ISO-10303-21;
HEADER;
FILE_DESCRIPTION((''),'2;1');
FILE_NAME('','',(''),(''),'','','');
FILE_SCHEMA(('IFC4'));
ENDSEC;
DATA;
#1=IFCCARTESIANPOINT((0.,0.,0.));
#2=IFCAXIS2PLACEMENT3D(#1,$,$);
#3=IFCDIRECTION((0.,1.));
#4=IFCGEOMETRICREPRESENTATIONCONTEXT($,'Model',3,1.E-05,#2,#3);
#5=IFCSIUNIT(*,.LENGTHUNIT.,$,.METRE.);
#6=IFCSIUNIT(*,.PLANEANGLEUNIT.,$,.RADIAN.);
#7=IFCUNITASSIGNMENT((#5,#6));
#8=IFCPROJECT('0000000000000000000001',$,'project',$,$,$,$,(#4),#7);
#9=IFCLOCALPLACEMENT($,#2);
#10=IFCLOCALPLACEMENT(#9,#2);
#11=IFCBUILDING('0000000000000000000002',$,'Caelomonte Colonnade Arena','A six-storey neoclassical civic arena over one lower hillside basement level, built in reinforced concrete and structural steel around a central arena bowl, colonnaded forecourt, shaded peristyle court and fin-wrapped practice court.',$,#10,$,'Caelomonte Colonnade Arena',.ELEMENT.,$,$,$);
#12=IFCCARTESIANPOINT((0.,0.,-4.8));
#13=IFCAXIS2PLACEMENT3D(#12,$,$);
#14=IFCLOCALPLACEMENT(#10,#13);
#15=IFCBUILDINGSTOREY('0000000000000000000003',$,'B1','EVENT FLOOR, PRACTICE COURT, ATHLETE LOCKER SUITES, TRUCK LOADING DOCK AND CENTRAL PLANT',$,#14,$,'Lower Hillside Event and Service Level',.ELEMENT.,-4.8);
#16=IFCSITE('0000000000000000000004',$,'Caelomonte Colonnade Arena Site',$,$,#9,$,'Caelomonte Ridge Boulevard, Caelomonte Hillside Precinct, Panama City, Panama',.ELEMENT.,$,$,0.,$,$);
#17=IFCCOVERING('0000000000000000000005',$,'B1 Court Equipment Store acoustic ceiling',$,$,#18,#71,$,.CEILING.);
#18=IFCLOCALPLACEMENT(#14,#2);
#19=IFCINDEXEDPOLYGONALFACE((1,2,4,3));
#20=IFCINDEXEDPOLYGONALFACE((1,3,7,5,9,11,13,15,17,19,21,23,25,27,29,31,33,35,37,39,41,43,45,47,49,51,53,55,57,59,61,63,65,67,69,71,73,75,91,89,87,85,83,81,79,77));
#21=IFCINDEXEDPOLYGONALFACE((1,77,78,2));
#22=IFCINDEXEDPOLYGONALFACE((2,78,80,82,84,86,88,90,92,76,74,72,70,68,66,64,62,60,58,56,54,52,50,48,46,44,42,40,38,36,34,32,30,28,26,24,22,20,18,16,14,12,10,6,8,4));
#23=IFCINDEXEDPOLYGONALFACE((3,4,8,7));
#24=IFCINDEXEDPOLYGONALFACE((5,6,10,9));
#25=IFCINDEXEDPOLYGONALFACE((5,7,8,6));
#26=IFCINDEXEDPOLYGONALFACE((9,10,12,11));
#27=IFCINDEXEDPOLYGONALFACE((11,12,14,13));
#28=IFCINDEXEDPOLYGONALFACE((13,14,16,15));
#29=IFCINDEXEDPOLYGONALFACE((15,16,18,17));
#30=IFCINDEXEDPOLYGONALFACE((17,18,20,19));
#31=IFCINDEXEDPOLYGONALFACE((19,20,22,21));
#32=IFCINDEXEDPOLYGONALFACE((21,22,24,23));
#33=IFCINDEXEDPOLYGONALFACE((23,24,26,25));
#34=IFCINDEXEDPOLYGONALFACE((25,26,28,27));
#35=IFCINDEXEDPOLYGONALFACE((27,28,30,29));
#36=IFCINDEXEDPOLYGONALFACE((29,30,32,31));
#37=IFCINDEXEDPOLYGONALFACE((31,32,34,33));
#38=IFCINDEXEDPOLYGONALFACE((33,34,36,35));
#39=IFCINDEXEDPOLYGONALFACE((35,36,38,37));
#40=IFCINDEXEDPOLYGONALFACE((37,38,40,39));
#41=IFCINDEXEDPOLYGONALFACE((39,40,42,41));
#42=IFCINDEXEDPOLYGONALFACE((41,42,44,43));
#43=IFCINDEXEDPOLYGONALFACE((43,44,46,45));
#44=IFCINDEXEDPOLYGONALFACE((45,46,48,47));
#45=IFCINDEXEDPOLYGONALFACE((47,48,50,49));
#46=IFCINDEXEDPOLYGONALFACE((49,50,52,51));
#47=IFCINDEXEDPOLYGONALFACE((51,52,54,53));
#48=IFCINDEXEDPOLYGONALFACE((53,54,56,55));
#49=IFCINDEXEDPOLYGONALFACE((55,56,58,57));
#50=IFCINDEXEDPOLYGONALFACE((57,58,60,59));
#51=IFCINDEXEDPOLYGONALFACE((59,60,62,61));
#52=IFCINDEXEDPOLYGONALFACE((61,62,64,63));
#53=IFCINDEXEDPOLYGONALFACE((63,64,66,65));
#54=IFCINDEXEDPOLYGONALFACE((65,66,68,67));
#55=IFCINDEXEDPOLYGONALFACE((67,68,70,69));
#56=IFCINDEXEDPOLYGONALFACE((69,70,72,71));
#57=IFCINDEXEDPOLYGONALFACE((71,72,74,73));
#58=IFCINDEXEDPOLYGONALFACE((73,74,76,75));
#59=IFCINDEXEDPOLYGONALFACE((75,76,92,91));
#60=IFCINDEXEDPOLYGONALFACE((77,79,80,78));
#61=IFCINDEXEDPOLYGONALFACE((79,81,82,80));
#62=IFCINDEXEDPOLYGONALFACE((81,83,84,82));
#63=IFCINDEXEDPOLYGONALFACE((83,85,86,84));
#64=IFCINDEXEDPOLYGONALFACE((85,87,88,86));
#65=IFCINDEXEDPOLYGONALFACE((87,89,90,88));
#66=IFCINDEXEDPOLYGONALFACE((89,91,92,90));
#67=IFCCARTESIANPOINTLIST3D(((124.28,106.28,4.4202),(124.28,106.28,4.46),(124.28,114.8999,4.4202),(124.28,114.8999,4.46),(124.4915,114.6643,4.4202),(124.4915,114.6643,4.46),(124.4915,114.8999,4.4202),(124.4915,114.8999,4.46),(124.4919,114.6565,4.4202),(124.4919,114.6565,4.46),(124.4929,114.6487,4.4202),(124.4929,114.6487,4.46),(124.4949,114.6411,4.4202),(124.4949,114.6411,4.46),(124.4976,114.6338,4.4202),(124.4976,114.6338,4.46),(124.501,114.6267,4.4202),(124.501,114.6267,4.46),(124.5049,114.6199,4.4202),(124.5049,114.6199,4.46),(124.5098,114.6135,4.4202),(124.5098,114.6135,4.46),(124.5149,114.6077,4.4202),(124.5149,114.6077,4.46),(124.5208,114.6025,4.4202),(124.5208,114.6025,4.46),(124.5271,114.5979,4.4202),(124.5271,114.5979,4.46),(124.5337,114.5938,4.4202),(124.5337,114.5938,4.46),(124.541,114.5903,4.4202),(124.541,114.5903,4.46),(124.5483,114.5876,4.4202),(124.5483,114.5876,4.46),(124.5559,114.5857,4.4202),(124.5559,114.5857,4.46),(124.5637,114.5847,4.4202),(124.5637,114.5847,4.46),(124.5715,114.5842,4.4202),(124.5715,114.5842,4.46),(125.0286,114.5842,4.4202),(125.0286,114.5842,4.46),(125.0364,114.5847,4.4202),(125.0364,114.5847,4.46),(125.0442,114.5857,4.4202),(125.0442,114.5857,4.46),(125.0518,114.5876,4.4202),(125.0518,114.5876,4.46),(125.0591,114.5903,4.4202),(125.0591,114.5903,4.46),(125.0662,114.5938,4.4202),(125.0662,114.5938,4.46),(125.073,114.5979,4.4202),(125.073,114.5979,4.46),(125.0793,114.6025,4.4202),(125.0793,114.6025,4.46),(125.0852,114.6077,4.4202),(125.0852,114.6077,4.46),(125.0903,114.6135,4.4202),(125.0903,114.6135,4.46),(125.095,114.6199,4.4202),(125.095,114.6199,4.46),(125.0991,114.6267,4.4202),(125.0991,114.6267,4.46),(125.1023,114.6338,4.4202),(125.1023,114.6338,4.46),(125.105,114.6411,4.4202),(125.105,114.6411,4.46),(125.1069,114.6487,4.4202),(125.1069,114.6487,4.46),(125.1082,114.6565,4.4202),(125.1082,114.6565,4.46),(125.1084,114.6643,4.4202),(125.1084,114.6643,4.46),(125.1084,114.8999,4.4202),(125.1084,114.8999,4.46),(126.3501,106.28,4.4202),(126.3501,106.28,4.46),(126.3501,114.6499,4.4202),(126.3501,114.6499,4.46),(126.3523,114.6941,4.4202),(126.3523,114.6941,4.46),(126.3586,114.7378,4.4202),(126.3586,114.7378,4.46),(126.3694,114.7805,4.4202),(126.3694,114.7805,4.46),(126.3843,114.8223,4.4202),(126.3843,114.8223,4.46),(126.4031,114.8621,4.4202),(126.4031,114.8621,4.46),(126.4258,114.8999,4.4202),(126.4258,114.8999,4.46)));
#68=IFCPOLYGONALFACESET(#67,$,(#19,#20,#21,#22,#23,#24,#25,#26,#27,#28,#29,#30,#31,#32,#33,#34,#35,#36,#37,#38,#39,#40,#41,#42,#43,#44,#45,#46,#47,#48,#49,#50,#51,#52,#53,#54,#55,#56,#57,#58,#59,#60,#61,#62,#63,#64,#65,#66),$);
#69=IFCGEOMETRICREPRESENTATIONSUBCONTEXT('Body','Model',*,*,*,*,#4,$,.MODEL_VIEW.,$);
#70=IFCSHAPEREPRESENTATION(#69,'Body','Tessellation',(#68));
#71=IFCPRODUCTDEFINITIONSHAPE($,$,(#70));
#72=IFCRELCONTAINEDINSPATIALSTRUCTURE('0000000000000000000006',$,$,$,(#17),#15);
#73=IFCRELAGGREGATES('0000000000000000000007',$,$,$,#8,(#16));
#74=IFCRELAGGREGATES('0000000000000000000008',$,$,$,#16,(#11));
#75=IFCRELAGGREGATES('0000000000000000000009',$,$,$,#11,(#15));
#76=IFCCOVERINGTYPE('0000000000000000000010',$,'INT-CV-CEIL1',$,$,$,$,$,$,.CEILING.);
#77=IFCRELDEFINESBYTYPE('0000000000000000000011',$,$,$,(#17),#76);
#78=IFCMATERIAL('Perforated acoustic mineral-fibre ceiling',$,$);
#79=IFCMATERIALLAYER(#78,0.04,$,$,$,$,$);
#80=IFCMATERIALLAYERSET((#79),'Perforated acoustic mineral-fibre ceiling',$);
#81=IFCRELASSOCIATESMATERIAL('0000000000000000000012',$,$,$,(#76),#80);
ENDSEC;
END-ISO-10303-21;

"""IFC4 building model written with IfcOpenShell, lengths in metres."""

from ifc_helpers import new_model, si_unit, direction, frame, origin, place, context, subcontext, project, spatial, polyline, outline, extrude, material, layer, layer_set, type_object, element, save


model = new_model("IFC4")

# Units and contexts
model_context = context("Model", 3, precision=1e-05, world=origin(), true_north=direction((0.0, 1.0)))
body_context = subcontext(model_context, "Body", "Model", "MODEL_VIEW")
ifc_project = project(units=[si_unit("LENGTHUNIT", "METRE"), si_unit("PLANEANGLEUNIT", "RADIAN")], contexts=[model_context])

# Site, building, storey
site_placement = place(None, origin())
site = spatial("IfcSite", under=ifc_project, at=site_placement, Name="Caelomonte Colonnade Arena Site", LongName="Caelomonte Ridge Boulevard, Caelomonte Hillside Precinct, Panama City, Panama", CompositionType="ELEMENT", RefElevation=0.0)
building_placement = place(site_placement, origin())
building = spatial("IfcBuilding", under=site, at=building_placement, Name="Caelomonte Colonnade Arena", Description="A six-storey neoclassical civic arena over one lower hillside basement level, built in reinforced concrete and structural steel around a central arena bowl, colonnaded forecourt, shaded peristyle court and fin-wrapped practice court.", LongName="Caelomonte Colonnade Arena", CompositionType="ELEMENT")
storey_placement = place(building_placement, frame((0.0, 0.0, -4.8)))
storey = spatial("IfcBuildingStorey", under=building, at=storey_placement, Name="B1", Description="EVENT FLOOR, PRACTICE COURT, ATHLETE LOCKER SUITES, TRUCK LOADING DOCK AND CENTRAL PLANT", LongName="Lower Hillside Event and Service Level", CompositionType="ELEMENT", Elevation=-4.8)

# Covering
ifc_material_1 = material(Name="Perforated acoustic mineral-fibre ceiling")
ifc_layer_1 = layer(ifc_material_1, 0.04)
ifc_layer_set_1 = layer_set([ifc_layer_1], Name="Perforated acoustic mineral-fibre ceiling")
covering_type = type_object("IfcCoveringType", Name="INT-CV-CEIL1", PredefinedType="CEILING", material=ifc_layer_set_1)
covering_1_placement = place(storey_placement, frame((0.0, 0.0, 4.4202)))
element("IfcCovering", 1, at=covering_1_placement, inside=storey, type_object=covering_type, Name="B1 Court Equipment Store acoustic ceiling", PredefinedType="CEILING", context=body_context, shape_type="SweptSolid", body=[
    extrude(outline(polyline([(124.4919, 114.6565), (124.4915, 114.6643), (124.4915, 114.8999), (124.28, 114.8999), (124.28, 106.28), (126.3501, 106.28), (126.3501, 114.6499), (126.3523, 114.6941), (126.3586, 114.7378), (126.3694, 114.7805), (126.3843, 114.8223), (126.4031, 114.8621), (126.4258, 114.8999), (125.1084, 114.8999), (125.1084, 114.6643), (125.1082, 114.6565), (125.1069, 114.6487), (125.105, 114.6411), (125.1023, 114.6338), (125.0991, 114.6267), (125.095, 114.6199), (125.0903, 114.6135), (125.0852, 114.6077), (125.0793, 114.6025), (125.073, 114.5979), (125.0662, 114.5938), (125.0591, 114.5903), (125.0518, 114.5876), (125.0442, 114.5857), (125.0364, 114.5847), (125.0286, 114.5842), (124.5715, 114.5842), (124.5637, 114.5847), (124.5559, 114.5857), (124.5483, 114.5876), (124.541, 114.5903), (124.5337, 114.5938), (124.5271, 114.5979), (124.5208, 114.6025), (124.5149, 114.6077), (124.5098, 114.6135), (124.5049, 114.6199), (124.501, 114.6267), (124.4976, 114.6338), (124.4949, 114.6411), (124.4929, 114.6487), (124.4919, 114.6565)])), origin(), (0.0, 0.0, 1.0), 0.0398),
])

save(model, "model.ifc")
